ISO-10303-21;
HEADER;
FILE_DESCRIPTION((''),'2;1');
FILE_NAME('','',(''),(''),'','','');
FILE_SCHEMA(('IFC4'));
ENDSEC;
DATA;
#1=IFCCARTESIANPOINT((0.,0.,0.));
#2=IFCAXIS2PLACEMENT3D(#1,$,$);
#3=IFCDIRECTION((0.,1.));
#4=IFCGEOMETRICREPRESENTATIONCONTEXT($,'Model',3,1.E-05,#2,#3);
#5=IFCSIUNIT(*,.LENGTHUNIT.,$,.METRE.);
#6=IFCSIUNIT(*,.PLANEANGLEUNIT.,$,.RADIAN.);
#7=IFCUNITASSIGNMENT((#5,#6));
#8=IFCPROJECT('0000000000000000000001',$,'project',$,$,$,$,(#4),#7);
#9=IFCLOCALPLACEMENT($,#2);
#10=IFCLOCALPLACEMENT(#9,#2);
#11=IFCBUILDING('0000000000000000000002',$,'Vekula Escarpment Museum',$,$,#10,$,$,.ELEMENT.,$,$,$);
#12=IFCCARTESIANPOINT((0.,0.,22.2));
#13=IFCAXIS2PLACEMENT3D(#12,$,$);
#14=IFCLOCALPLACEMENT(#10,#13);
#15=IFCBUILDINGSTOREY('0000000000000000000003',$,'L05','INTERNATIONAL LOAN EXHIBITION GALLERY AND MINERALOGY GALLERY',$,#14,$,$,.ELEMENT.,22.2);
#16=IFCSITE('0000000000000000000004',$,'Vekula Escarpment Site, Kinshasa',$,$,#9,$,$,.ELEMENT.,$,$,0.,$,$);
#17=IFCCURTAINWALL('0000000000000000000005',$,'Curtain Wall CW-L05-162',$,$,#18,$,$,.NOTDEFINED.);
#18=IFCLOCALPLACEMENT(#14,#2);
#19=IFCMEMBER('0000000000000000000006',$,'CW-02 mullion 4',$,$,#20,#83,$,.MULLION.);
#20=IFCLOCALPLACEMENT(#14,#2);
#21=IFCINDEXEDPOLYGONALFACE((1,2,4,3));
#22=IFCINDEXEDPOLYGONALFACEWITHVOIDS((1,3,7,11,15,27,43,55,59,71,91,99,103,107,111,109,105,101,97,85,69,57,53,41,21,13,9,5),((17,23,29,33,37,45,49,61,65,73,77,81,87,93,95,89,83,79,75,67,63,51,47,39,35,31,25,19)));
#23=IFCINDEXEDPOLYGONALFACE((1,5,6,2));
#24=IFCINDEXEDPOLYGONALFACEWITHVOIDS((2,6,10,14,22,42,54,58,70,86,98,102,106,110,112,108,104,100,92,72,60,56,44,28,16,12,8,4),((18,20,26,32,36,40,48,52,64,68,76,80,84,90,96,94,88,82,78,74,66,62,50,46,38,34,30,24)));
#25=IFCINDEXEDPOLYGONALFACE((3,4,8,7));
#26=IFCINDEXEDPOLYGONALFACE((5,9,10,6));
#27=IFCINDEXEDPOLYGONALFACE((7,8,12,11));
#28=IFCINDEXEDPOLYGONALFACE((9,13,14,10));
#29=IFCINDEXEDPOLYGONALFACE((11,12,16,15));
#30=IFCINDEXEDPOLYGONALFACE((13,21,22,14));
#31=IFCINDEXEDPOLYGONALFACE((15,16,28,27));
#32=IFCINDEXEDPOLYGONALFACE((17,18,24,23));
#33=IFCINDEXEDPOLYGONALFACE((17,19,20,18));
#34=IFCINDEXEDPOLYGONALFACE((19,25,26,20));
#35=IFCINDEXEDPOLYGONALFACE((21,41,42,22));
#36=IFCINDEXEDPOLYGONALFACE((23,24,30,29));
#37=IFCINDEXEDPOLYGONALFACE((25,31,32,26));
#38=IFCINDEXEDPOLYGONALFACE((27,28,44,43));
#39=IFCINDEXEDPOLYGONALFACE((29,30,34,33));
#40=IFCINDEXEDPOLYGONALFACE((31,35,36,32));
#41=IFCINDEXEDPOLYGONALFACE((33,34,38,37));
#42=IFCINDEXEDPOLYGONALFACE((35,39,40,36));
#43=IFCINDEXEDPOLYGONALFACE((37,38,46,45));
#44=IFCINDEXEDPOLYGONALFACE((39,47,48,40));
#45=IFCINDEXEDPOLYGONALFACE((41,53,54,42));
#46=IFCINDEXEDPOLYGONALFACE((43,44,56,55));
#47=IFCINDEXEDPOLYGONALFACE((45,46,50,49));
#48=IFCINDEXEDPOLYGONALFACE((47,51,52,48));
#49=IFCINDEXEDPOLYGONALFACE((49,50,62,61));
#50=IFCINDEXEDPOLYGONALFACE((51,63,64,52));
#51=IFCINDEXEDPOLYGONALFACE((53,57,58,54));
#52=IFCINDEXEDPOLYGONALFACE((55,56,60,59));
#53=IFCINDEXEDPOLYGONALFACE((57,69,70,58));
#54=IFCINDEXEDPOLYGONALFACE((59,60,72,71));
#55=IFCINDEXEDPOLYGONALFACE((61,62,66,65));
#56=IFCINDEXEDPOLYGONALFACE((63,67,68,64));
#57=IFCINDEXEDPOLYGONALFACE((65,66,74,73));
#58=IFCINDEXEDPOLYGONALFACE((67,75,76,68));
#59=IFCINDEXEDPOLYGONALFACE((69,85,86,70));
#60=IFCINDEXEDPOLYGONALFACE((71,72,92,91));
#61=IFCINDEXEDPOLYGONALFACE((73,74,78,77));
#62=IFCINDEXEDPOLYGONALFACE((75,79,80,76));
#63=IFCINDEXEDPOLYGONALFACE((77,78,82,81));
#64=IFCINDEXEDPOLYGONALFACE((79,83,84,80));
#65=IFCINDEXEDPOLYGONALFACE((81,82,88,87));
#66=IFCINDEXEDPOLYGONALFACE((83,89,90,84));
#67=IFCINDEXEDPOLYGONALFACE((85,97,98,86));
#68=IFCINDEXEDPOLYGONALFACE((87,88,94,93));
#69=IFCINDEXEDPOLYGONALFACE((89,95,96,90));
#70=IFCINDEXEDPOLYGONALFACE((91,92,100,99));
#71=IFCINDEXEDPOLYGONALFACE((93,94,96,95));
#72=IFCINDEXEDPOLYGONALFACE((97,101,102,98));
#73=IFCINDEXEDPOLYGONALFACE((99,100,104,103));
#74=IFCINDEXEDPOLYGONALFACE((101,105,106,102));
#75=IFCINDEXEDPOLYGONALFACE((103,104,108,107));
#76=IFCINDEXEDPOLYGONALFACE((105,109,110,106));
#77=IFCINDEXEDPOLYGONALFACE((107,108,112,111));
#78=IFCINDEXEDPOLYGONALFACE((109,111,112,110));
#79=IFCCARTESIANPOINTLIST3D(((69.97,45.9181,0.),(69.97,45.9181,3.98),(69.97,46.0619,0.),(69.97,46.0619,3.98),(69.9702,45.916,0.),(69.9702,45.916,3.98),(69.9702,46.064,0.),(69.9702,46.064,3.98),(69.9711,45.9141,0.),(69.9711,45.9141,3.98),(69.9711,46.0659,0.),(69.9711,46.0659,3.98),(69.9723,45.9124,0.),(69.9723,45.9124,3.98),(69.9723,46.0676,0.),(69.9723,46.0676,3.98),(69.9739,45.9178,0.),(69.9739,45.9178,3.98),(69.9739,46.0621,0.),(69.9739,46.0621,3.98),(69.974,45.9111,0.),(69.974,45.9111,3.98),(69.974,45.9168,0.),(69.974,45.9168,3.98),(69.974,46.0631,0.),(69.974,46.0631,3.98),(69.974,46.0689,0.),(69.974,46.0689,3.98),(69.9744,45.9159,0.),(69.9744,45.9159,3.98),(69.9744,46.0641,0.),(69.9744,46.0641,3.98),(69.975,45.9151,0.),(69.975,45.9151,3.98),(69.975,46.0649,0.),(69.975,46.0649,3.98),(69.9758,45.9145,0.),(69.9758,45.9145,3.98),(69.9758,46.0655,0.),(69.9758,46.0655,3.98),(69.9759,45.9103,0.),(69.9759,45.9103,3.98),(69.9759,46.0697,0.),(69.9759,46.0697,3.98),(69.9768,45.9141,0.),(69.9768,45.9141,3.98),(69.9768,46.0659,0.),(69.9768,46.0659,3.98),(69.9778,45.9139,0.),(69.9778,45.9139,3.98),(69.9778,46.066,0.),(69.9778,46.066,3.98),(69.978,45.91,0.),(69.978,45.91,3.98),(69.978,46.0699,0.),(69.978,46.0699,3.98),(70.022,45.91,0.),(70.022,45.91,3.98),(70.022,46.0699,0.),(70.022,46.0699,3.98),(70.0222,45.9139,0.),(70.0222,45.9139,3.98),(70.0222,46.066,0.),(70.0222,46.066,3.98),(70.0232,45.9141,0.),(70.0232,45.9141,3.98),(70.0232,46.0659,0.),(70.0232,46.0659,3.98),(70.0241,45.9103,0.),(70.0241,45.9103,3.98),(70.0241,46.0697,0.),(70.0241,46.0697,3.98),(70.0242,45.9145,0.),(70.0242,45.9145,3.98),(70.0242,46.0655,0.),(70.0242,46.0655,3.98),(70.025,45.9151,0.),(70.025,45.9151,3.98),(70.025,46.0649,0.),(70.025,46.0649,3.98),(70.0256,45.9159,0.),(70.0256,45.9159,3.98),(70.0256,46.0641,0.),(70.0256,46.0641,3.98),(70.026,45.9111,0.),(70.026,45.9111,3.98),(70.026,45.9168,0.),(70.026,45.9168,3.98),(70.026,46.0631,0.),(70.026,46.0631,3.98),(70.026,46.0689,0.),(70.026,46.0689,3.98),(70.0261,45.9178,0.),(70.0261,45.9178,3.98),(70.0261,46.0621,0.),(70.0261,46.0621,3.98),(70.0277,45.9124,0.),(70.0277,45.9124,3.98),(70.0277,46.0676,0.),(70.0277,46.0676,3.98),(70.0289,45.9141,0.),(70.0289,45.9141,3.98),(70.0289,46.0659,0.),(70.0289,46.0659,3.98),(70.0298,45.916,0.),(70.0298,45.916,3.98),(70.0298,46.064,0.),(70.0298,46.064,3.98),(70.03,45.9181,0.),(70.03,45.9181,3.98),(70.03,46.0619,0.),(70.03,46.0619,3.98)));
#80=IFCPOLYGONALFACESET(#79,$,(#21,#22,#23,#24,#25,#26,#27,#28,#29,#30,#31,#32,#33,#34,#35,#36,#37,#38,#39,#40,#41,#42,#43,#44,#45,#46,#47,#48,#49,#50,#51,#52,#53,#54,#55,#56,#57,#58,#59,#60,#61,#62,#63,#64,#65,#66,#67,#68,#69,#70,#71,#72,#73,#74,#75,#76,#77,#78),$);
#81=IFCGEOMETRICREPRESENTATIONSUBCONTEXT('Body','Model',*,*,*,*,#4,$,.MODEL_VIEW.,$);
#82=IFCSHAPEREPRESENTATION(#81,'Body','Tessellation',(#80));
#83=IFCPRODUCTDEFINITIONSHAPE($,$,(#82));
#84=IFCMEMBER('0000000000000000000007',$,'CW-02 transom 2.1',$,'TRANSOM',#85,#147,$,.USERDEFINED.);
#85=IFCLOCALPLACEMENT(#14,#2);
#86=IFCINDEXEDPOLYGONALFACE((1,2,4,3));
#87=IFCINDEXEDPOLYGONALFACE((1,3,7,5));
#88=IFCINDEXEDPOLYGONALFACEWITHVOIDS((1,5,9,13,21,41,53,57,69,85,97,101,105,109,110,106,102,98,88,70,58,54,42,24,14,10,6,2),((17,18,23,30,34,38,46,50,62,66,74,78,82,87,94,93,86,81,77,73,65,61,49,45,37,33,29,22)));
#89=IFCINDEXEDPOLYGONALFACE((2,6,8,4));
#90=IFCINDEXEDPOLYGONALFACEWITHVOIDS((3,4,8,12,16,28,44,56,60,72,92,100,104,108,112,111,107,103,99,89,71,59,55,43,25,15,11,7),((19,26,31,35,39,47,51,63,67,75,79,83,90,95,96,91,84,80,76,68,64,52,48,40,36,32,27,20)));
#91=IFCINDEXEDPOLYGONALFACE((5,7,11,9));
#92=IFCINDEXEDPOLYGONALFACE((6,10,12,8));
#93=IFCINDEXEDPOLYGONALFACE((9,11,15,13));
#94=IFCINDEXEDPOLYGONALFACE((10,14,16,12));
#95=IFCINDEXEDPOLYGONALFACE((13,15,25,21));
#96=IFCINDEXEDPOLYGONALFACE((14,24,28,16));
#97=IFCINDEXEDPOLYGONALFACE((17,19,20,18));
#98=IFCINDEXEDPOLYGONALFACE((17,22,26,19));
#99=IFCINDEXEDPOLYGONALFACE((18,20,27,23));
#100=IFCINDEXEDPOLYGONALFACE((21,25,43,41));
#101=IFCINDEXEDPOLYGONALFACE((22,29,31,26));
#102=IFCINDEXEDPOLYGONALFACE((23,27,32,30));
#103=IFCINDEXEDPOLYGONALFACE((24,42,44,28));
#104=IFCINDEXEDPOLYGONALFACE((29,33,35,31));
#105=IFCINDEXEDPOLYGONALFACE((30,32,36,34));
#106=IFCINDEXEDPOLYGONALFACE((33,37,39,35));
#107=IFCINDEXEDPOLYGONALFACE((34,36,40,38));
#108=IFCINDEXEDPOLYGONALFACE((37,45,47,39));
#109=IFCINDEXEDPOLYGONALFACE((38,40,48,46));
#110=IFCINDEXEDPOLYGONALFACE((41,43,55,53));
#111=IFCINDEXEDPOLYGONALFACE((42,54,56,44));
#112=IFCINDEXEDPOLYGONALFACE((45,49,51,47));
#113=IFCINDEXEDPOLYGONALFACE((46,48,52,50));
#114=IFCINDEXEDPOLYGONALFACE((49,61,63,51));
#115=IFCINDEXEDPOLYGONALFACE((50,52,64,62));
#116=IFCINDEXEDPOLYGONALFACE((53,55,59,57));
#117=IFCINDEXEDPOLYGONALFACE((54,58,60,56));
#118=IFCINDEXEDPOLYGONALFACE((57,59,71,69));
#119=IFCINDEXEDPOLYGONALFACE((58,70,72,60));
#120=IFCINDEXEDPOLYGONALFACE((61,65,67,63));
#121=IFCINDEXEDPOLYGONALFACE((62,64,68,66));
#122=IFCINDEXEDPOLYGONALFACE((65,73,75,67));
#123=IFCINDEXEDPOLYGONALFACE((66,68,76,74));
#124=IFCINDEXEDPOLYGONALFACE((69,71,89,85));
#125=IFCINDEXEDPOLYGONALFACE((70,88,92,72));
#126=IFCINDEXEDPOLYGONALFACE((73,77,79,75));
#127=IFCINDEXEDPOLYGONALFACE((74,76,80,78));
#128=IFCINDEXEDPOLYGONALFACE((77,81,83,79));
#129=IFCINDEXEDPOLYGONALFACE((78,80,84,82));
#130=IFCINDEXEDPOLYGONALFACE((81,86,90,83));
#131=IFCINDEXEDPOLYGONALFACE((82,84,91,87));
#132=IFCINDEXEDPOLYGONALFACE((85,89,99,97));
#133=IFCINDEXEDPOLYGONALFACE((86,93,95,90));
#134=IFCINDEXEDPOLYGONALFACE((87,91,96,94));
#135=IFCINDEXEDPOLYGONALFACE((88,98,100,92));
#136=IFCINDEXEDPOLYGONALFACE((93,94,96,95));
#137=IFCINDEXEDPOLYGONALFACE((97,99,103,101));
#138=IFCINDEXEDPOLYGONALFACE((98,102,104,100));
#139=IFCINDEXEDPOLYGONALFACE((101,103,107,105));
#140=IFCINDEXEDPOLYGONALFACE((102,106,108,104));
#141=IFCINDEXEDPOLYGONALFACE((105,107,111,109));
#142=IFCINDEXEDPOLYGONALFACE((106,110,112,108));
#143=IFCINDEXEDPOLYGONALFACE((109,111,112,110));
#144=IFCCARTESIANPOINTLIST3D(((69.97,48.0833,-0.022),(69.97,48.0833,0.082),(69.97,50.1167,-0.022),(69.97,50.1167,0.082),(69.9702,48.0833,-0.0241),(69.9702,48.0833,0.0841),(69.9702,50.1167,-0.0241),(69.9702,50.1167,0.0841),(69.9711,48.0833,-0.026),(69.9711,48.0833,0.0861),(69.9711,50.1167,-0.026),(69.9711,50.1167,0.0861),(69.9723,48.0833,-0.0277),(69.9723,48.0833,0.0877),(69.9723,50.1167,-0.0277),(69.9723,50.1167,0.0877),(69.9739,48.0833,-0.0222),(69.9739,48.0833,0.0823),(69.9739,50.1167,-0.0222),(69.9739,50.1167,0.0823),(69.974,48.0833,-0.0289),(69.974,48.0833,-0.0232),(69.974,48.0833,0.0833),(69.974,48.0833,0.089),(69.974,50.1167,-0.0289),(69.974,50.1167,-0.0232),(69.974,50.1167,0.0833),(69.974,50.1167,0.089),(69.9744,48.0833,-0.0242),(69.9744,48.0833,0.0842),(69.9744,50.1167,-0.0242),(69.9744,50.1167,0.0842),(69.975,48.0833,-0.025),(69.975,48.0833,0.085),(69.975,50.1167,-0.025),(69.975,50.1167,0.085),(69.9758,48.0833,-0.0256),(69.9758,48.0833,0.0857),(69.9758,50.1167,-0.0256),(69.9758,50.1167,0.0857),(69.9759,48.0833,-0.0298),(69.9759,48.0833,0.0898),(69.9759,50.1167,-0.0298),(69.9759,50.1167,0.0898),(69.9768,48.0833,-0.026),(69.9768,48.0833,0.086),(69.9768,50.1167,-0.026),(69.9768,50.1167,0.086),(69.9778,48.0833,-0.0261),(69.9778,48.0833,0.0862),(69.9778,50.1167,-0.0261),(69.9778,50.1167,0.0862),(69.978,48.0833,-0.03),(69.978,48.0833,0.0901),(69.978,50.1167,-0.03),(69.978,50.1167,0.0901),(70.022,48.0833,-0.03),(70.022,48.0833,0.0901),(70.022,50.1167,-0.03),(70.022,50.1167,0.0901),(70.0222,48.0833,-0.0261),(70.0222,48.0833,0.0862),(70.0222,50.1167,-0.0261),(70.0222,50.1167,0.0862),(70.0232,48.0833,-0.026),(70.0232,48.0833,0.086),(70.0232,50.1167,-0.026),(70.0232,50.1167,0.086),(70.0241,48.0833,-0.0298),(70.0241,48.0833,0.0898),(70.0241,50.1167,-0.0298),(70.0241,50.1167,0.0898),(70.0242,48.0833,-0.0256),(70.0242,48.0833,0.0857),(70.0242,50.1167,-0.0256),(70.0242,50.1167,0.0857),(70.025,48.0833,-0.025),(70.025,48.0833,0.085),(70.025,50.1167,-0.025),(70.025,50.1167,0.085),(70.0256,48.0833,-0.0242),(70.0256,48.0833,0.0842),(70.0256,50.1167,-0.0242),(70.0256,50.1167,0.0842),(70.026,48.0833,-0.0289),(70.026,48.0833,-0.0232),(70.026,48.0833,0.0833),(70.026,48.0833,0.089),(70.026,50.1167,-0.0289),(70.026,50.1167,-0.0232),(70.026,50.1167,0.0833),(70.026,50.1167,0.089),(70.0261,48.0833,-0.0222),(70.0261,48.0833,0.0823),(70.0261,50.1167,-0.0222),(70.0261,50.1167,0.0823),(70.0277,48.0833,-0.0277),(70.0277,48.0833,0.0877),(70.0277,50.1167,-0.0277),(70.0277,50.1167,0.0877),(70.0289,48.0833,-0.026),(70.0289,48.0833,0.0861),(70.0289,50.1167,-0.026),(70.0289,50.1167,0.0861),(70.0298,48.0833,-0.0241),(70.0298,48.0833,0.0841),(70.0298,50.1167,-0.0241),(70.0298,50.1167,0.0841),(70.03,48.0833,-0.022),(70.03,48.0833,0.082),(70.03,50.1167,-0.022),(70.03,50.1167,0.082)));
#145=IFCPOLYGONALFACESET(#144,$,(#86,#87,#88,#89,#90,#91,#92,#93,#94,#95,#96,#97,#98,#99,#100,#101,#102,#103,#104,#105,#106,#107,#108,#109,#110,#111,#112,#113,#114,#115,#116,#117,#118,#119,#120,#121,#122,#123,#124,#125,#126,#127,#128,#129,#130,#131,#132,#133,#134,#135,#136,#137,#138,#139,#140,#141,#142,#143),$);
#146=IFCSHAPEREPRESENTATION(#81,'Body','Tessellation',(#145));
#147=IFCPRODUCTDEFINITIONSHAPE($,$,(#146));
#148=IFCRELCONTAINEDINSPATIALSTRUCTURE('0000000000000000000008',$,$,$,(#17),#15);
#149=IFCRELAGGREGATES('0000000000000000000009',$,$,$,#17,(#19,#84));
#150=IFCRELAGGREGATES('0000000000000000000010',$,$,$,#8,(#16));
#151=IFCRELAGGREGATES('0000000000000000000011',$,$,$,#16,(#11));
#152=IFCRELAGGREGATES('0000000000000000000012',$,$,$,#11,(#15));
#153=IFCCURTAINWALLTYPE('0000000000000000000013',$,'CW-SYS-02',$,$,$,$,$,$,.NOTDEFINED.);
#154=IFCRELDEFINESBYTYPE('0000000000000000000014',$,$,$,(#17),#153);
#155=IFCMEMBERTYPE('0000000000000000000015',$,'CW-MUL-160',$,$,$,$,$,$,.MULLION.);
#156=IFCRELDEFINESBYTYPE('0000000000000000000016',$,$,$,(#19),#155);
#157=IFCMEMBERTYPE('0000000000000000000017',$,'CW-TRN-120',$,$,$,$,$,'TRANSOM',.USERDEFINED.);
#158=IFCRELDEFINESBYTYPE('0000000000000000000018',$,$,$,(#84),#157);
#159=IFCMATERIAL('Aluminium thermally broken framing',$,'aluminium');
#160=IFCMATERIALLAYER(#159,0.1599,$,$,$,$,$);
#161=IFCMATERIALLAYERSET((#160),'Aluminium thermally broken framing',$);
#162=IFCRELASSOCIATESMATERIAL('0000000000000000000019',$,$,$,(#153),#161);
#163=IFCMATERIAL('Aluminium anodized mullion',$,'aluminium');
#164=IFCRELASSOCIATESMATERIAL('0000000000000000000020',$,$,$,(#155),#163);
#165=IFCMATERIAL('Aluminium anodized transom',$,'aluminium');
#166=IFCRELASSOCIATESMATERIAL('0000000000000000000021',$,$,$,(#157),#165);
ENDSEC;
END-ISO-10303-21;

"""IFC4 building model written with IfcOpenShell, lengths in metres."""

from ifc_helpers import new_model, si_unit, direction, frame, origin, origin_2d, place, context, subcontext, project, spatial, hollow_rectangle, extrude, material, layer, layer_set, material_profile, profile_set, type_object, element, aggregate, save


model = new_model("IFC4")

# Units and contexts
model_context = context("Model", 3, precision=1e-05, world=origin(), true_north=direction((0.0, 1.0)))
body_context = subcontext(model_context, "Body", "Model", "MODEL_VIEW")
ifc_project = project(units=[si_unit("LENGTHUNIT", "METRE"), si_unit("PLANEANGLEUNIT", "RADIAN")], contexts=[model_context])

# Site, building, storey
site_placement = place(None, origin())
site = spatial("IfcSite", under=ifc_project, at=site_placement, Name="Vekula Escarpment Site, Kinshasa", CompositionType="ELEMENT", RefElevation=0.0)
building_placement = place(site_placement, origin())
building = spatial("IfcBuilding", under=site, at=building_placement, Name="Vekula Escarpment Museum", CompositionType="ELEMENT")
storey_placement = place(building_placement, frame((0.0, 0.0, 22.2)))
storey = spatial("IfcBuildingStorey", under=building, at=storey_placement, Name="L05", Description="INTERNATIONAL LOAN EXHIBITION GALLERY AND MINERALOGY GALLERY", CompositionType="ELEMENT", Elevation=22.2)

# Curtain wall, members
ifc_material_1 = material(Name="Aluminium thermally broken framing", Category="aluminium")
ifc_layer_1 = layer(ifc_material_1, 0.1599)
ifc_layer_set_1 = layer_set([ifc_layer_1], Name="Aluminium thermally broken framing")
curtain_wall_type = type_object("IfcCurtainWallType", Name="CW-SYS-02", PredefinedType="NOTDEFINED", material=ifc_layer_set_1)
curtain_wall_placement = place(storey_placement, origin())
curtain_wall = element("IfcCurtainWall", 1, at=curtain_wall_placement, inside=storey, type_object=curtain_wall_type, Name="Curtain Wall CW-L05-162", PredefinedType="NOTDEFINED")
ifc_material_2 = material(Name="Aluminium anodized mullion", Category="aluminium")
ifc_material_profile_1 = material_profile(ifc_material_2, hollow_rectangle(XDim=0.0601, YDim=0.1599, WallThickness=0.0039, InnerFilletRadius=0.0039, OuterFilletRadius=0.0081, at=origin_2d()), Name="ALU 160x60x4")
ifc_profile_set_1 = profile_set([ifc_material_profile_1], Name="Aluminium anodized mullion")
member_type_1 = type_object("IfcMemberType", Name="CW-MUL-160", PredefinedType="MULLION", material=ifc_profile_set_1)
member_1_placement = place(storey_placement, frame((70.0, 45.99, 0.0), z_axis=(0.0, 0.0, 1.0), x_axis=(1.0, 0.0, 0.0)))
member_1 = element("IfcMember", 2, at=member_1_placement, type_object=member_type_1, Name="CW-02 mullion 4", PredefinedType="MULLION", context=body_context, shape_type="SweptSolid", body=[
    extrude(hollow_rectangle(XDim=0.0601, YDim=0.1599, WallThickness=0.0039, InnerFilletRadius=0.0039, OuterFilletRadius=0.0081, at=origin_2d()), origin(), (0.0, 0.0, 1.0), 3.98),
])
ifc_material_3 = material(Name="Aluminium anodized transom", Category="aluminium")
ifc_material_profile_2 = material_profile(ifc_material_3, hollow_rectangle(XDim=0.0601, YDim=0.1201, WallThickness=0.0039, InnerFilletRadius=0.0039, OuterFilletRadius=0.0081, at=origin_2d()), Name="ALU 120x60x4")
ifc_profile_set_2 = profile_set([ifc_material_profile_2], Name="Aluminium anodized transom")
member_type_2 = type_object("IfcMemberType", Name="CW-TRN-120", ElementType="TRANSOM", PredefinedType="USERDEFINED", material=ifc_profile_set_2)
member_2_placement = place(storey_placement, frame((70.0, 50.1167, 0.03), z_axis=(0.0, -1.0, 0.0), x_axis=(1.0, 0.0, 0.0)))
member_2 = element("IfcMember", 3, at=member_2_placement, type_object=member_type_2, Name="CW-02 transom 2.1", ObjectType="TRANSOM", PredefinedType="USERDEFINED", context=body_context, shape_type="SweptSolid", body=[
    extrude(hollow_rectangle(XDim=0.0601, YDim=0.1201, WallThickness=0.0039, InnerFilletRadius=0.0039, OuterFilletRadius=0.0081, at=origin_2d()), origin(), (0.0, 0.0, 1.0), 2.0334),
])

aggregate(curtain_wall, [member_1, member_2])

save(model, "model.ifc")
